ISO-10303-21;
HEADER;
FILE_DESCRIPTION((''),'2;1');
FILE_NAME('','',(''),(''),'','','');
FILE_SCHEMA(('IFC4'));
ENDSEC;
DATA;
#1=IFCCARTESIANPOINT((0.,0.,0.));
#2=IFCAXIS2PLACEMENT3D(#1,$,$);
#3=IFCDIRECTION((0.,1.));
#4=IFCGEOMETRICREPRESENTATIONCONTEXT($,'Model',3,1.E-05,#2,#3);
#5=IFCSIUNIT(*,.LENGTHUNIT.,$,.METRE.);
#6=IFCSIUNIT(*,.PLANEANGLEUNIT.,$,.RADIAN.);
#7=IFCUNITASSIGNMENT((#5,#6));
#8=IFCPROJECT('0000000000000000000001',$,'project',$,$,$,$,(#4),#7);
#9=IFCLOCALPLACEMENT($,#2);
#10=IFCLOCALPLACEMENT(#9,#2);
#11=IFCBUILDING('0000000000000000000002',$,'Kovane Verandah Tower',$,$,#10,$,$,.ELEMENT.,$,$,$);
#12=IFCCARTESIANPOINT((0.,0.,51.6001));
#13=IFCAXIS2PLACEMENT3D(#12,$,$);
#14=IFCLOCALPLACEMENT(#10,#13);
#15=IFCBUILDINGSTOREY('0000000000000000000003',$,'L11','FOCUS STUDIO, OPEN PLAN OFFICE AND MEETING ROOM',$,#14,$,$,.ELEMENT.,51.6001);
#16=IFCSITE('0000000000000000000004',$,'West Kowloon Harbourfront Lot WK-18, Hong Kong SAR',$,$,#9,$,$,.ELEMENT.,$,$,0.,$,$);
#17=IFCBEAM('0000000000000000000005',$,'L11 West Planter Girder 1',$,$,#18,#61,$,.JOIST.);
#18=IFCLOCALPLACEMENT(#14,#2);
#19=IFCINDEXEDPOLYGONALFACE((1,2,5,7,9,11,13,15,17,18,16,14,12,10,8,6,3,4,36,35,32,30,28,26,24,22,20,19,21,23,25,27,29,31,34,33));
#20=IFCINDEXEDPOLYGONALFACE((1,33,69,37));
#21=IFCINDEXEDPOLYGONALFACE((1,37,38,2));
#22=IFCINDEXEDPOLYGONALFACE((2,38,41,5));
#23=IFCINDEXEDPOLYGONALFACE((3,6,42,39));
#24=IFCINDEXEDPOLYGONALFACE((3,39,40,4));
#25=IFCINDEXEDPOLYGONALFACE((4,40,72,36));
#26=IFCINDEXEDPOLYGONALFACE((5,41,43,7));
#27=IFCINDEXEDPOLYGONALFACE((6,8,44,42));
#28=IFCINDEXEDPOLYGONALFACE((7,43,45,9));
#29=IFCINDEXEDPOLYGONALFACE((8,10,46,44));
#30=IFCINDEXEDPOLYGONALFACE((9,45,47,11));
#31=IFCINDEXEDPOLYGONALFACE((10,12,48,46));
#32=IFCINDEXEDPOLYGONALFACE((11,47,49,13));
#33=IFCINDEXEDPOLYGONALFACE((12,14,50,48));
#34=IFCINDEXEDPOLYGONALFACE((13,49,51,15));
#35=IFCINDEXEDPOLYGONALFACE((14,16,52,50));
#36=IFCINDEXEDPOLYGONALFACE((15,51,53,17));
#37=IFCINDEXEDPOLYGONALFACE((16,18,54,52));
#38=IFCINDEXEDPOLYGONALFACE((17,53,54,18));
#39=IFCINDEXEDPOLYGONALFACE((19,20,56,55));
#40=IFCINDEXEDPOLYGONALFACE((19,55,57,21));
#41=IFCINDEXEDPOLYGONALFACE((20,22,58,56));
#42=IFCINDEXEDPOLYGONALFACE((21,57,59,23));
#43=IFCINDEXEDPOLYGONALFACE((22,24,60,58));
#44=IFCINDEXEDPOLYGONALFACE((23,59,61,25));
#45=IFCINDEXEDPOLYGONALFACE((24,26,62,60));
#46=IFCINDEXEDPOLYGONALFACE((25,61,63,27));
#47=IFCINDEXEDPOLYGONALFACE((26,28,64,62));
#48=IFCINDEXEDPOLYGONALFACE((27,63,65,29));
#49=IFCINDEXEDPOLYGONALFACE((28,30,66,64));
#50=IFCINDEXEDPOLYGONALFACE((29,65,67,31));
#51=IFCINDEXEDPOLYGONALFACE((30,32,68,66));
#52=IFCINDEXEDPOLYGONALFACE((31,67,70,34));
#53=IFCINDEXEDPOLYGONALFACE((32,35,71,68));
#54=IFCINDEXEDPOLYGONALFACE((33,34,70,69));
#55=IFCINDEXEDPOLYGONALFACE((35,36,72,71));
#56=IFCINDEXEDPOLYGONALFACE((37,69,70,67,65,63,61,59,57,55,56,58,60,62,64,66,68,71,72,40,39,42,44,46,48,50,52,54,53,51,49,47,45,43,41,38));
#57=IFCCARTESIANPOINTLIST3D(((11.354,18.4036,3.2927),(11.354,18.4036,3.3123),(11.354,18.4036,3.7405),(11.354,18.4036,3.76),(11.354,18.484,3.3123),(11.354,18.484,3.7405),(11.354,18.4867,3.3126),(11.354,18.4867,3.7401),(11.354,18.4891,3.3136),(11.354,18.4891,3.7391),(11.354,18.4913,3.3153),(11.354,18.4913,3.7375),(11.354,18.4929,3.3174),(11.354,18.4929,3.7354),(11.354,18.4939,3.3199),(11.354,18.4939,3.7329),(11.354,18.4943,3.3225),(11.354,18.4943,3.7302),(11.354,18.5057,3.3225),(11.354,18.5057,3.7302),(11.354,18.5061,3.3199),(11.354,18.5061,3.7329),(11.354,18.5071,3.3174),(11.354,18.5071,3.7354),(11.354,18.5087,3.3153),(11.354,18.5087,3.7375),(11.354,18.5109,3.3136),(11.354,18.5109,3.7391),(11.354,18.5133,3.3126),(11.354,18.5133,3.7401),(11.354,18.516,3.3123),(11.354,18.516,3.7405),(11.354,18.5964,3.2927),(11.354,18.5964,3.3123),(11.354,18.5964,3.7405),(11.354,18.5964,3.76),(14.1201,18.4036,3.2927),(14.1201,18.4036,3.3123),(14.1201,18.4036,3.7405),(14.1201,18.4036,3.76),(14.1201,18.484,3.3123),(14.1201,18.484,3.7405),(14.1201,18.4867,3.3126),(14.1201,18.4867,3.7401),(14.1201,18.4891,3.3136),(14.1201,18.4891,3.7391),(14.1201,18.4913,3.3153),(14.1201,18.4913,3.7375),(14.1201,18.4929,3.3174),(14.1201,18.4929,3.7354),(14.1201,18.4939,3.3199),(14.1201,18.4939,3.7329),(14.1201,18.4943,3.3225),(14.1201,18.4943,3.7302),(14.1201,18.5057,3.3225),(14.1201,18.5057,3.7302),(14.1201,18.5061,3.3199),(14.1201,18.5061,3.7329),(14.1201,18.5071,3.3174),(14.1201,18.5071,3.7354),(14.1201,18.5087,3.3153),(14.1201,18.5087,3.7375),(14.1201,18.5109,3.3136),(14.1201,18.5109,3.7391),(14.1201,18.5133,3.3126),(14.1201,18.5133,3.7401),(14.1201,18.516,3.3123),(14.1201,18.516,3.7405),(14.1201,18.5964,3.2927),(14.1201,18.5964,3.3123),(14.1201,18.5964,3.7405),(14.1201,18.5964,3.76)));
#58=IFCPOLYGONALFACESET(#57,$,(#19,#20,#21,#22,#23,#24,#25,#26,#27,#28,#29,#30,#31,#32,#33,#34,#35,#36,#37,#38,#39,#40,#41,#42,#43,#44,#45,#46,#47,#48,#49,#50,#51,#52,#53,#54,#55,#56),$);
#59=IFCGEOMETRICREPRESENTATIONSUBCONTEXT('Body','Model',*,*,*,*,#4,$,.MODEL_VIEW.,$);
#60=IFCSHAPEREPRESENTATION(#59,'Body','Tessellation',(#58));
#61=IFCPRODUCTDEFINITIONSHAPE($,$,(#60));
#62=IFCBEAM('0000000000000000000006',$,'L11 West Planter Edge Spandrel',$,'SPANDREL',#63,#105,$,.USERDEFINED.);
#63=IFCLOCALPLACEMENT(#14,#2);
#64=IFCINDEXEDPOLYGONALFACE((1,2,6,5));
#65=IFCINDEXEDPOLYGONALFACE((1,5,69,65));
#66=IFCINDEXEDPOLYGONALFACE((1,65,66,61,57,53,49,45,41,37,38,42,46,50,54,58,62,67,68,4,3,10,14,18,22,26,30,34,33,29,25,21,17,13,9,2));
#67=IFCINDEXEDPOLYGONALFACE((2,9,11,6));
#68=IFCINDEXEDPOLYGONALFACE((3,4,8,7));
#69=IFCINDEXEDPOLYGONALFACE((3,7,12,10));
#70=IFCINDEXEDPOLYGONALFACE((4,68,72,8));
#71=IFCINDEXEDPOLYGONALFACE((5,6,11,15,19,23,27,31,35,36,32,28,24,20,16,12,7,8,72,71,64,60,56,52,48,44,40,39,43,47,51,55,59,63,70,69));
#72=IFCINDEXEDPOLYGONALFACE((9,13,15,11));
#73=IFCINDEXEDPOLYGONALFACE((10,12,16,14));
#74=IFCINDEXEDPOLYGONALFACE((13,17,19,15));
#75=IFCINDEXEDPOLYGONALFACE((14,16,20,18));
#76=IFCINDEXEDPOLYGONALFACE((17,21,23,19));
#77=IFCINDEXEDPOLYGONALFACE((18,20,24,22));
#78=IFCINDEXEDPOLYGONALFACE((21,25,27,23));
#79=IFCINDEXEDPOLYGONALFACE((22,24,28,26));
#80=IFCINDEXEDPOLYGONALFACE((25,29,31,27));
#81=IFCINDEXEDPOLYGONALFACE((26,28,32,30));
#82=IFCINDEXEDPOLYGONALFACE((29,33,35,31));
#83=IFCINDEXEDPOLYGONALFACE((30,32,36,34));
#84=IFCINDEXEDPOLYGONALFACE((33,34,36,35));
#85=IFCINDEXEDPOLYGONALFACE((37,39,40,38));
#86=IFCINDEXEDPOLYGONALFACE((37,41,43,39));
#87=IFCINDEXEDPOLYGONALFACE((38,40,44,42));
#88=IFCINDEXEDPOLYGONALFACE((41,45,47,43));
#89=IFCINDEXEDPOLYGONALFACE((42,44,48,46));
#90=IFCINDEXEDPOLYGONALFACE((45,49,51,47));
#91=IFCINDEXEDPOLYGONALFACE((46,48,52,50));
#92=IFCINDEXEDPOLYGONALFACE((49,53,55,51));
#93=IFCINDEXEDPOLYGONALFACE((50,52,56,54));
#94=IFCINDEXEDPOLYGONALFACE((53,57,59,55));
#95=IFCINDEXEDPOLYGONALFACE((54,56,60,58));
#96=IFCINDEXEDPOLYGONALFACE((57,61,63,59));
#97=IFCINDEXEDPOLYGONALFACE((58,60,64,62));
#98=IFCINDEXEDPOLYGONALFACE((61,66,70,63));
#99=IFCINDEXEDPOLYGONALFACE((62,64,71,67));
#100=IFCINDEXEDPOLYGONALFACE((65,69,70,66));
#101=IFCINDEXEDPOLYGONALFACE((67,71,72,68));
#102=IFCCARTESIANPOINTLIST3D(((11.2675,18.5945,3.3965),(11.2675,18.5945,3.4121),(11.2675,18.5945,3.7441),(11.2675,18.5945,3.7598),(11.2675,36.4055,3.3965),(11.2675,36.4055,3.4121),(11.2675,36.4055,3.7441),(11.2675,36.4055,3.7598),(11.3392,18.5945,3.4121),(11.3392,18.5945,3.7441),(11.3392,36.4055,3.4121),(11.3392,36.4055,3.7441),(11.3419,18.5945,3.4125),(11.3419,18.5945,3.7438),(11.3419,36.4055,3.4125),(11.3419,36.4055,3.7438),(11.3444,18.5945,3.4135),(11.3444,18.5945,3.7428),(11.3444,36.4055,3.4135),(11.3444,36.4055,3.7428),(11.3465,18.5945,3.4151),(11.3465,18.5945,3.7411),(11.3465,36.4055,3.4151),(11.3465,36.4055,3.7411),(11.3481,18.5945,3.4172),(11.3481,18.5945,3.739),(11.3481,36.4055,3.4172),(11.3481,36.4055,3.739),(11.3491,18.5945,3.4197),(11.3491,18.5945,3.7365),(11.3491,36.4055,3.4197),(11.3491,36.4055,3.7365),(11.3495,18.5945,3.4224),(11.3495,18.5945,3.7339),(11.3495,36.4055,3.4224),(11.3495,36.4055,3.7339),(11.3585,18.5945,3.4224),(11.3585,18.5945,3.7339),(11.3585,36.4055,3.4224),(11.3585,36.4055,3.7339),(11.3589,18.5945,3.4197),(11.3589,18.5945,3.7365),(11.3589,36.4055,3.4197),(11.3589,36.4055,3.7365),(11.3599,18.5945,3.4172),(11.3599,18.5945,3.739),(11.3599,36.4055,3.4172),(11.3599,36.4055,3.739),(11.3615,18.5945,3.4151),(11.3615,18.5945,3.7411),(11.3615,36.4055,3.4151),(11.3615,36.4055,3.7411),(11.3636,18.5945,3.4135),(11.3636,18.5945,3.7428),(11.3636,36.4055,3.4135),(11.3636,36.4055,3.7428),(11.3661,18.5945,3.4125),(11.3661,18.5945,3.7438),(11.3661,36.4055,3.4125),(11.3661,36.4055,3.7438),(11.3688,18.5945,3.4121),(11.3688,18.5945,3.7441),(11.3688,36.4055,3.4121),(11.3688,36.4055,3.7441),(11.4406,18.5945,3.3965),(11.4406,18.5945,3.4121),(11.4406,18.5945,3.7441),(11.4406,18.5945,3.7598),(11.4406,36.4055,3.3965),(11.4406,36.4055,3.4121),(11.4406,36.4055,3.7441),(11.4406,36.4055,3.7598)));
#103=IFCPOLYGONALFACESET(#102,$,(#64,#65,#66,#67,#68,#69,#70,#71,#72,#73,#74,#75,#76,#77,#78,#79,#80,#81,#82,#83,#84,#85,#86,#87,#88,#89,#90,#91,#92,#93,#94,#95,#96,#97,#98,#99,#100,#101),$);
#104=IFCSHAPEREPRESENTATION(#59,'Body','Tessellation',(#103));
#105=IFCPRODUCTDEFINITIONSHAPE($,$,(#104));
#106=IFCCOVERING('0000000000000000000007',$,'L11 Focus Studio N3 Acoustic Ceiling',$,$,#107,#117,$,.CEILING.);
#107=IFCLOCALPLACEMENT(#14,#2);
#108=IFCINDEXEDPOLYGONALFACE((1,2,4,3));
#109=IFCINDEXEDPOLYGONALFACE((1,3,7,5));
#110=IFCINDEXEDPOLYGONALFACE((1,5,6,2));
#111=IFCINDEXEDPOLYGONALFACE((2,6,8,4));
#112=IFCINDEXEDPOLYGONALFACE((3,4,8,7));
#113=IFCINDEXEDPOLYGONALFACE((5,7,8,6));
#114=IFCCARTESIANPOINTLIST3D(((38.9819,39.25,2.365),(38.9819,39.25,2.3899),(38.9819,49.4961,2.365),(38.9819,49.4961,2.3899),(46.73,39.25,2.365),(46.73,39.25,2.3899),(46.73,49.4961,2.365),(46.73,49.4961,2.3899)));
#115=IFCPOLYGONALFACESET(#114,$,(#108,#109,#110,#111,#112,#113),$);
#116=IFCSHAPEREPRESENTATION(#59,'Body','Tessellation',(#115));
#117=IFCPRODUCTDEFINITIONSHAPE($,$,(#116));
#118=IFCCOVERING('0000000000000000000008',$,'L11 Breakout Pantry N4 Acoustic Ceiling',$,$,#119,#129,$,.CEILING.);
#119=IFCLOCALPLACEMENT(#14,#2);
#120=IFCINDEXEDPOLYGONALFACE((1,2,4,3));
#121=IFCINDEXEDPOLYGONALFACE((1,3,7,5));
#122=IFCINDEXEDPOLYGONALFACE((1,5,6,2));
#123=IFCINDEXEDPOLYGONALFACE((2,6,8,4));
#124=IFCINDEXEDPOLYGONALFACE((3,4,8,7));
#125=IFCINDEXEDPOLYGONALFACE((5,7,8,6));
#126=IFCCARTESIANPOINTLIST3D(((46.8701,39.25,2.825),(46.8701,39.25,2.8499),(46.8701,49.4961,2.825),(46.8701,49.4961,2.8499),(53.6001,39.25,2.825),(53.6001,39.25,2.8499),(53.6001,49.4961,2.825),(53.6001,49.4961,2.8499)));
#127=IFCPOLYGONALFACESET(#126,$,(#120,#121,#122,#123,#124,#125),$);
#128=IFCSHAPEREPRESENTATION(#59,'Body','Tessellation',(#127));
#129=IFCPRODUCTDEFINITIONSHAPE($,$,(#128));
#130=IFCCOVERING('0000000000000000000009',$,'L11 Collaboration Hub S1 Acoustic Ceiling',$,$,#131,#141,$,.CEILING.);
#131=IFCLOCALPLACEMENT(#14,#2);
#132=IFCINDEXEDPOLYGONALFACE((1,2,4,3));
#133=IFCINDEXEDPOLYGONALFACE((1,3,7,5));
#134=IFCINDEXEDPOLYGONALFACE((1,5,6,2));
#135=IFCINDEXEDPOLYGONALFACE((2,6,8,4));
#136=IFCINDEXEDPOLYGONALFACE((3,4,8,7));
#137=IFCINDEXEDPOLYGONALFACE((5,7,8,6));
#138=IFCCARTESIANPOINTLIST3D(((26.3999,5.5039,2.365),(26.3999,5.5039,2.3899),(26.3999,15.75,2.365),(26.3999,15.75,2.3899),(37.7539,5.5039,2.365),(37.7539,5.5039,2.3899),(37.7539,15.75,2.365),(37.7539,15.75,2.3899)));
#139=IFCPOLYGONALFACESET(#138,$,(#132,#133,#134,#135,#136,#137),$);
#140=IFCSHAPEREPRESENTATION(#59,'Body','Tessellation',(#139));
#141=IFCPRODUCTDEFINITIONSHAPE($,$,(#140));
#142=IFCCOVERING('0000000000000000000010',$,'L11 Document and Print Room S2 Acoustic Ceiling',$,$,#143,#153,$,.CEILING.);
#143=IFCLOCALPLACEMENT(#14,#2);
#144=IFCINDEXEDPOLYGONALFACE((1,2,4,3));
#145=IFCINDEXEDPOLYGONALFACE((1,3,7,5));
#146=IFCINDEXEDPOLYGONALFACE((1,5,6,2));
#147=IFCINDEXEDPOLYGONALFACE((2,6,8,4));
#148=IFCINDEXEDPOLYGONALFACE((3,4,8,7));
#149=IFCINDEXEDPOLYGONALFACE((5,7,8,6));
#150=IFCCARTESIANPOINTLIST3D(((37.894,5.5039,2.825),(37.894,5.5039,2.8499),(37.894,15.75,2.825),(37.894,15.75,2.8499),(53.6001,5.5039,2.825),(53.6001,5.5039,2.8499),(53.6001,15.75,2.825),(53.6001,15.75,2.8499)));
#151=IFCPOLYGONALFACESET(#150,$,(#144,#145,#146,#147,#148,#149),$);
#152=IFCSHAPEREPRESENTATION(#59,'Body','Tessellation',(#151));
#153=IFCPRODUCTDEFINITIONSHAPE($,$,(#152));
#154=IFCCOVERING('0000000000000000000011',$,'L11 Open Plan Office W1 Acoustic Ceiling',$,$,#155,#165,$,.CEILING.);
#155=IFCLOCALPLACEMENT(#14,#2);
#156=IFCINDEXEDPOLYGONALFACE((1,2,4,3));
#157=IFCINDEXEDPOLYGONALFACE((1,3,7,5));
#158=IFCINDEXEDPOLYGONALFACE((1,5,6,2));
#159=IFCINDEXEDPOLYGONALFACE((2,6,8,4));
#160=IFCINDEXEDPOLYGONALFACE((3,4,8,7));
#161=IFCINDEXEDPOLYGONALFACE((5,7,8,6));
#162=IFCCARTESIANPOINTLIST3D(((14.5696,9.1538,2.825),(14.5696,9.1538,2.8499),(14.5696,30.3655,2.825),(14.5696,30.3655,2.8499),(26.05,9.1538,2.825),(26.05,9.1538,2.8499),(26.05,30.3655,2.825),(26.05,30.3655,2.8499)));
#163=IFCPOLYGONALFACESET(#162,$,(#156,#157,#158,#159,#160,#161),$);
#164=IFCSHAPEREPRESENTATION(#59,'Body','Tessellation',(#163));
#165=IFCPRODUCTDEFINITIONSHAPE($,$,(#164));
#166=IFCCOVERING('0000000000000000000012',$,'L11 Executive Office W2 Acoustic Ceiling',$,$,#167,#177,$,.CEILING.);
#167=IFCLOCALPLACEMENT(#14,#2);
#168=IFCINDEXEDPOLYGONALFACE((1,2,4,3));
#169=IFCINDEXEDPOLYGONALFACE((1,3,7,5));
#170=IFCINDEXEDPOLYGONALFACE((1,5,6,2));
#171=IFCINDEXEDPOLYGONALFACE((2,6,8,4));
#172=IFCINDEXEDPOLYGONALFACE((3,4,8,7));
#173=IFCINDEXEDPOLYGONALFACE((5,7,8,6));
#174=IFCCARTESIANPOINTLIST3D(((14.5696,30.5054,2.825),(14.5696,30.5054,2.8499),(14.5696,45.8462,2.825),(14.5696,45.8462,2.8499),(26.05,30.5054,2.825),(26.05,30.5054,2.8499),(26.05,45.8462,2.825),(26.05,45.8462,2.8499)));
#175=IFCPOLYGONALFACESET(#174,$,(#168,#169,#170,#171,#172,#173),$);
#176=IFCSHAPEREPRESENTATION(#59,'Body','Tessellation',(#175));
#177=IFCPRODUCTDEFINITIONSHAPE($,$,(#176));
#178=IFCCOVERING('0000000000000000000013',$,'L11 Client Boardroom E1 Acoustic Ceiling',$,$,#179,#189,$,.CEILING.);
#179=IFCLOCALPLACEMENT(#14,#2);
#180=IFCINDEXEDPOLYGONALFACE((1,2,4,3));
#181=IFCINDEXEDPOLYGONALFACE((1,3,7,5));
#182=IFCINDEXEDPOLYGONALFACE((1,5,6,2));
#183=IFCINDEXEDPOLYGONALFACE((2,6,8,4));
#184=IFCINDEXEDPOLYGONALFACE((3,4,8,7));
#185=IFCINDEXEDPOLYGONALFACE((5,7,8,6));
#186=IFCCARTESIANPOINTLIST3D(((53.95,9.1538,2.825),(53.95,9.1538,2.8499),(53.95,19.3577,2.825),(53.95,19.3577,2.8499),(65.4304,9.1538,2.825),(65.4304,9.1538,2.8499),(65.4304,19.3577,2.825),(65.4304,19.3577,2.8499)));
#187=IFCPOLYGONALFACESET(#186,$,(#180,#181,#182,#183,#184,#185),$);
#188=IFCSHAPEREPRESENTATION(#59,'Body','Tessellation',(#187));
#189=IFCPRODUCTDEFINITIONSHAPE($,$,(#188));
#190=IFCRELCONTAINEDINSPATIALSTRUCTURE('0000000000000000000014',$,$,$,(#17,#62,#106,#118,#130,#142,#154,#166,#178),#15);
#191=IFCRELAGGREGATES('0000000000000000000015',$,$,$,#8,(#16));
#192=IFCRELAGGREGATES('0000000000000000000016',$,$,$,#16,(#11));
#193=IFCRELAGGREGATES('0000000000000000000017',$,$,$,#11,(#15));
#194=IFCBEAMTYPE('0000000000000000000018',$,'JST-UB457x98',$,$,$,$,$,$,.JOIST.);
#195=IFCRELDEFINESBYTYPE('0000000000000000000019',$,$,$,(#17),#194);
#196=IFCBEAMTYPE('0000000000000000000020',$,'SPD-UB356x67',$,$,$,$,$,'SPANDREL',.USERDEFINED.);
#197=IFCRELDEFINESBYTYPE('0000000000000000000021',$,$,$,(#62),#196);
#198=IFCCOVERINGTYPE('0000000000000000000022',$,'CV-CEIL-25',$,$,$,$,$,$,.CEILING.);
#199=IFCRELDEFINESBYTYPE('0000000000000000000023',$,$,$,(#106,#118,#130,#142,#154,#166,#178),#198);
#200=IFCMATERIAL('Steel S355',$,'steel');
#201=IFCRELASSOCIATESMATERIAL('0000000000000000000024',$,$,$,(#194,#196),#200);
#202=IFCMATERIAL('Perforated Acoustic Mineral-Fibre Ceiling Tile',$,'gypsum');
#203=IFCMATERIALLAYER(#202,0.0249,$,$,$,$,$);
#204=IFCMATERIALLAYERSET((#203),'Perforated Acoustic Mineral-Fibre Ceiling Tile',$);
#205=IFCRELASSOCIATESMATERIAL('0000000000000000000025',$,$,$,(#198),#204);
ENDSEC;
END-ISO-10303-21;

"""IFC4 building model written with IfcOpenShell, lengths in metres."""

from ifc_helpers import new_model, si_unit, direction, frame, origin, origin_2d, place, context, subcontext, project, spatial, polyline, i_section, outline, extrude, material, layer, layer_set, material_profile, profile_set, type_object, element, save


model = new_model("IFC4")

# Units and contexts
model_context = context("Model", 3, precision=1e-05, world=origin(), true_north=direction((0.0, 1.0)))
body_context = subcontext(model_context, "Body", "Model", "MODEL_VIEW")
ifc_project = project(units=[si_unit("LENGTHUNIT", "METRE"), si_unit("PLANEANGLEUNIT", "RADIAN")], contexts=[model_context])

# Site, building, storey
site_placement = place(None, origin())
site = spatial("IfcSite", under=ifc_project, at=site_placement, Name="West Kowloon Harbourfront Lot WK-18, Hong Kong SAR", CompositionType="ELEMENT", RefElevation=0.0)
building_placement = place(site_placement, origin())
building = spatial("IfcBuilding", under=site, at=building_placement, Name="Kovane Verandah Tower", CompositionType="ELEMENT")
storey_placement = place(building_placement, frame((0.0, 0.0, 51.6001)))
storey = spatial("IfcBuildingStorey", under=building, at=storey_placement, Name="L11", Description="FOCUS STUDIO, OPEN PLAN OFFICE AND MEETING ROOM", CompositionType="ELEMENT", Elevation=51.6001)

# Beams
ifc_material_1 = material(Name="Steel S355", Category="steel")
ifc_material_profile_1 = material_profile(ifc_material_1, i_section(OverallWidth=0.1929, OverallDepth=0.4673, WebThickness=0.0115, FlangeThickness=0.0195, FilletRadius=0.0103, at=origin_2d()), Name="UB457x191x98")
ifc_profile_set_1 = profile_set([ifc_material_profile_1], Name="Steel S355")
beam_type_1 = type_object("IfcBeamType", Name="JST-UB457x98", PredefinedType="JOIST", material=ifc_profile_set_1)
beam_1_placement = place(storey_placement, frame((14.1201, 18.5, 3.5264), z_axis=(-1.0, 0.0, 0.0), x_axis=(0.0, -1.0, 0.0)))
element("IfcBeam", 1, at=beam_1_placement, inside=storey, type_object=beam_type_1, Name="L11 West Planter Girder 1", PredefinedType="JOIST", context=body_context, shape_type="SweptSolid", body=[
    extrude(i_section(OverallWidth=0.1929, OverallDepth=0.4673, WebThickness=0.0115, FlangeThickness=0.0195, FilletRadius=0.0103, at=origin_2d()), origin(), (0.0, 0.0, 1.0), 2.7661),
])
ifc_material_profile_2 = material_profile(ifc_material_1, i_section(OverallWidth=0.1731, OverallDepth=0.3633, WebThickness=0.009, FlangeThickness=0.0156, FilletRadius=0.0103, at=origin_2d()), Name="UB356x171x67")
ifc_profile_set_2 = profile_set([ifc_material_profile_2], Name="Steel S355")
beam_type_2 = type_object("IfcBeamType", Name="SPD-UB356x67", ElementType="SPANDREL", PredefinedType="USERDEFINED", material=ifc_profile_set_2)
beam_2_placement = place(storey_placement, frame((11.354, 18.5945, 3.5781), z_axis=(0.0, 1.0, 0.0), x_axis=(-1.0, 0.0, 0.0)))
element("IfcBeam", 2, at=beam_2_placement, inside=storey, type_object=beam_type_2, Name="L11 West Planter Edge Spandrel", ObjectType="SPANDREL", PredefinedType="USERDEFINED", context=body_context, shape_type="SweptSolid", body=[
    extrude(i_section(OverallWidth=0.1731, OverallDepth=0.3633, WebThickness=0.009, FlangeThickness=0.0156, FilletRadius=0.0103, at=origin_2d()), origin(), (0.0, 0.0, 1.0), 17.811),
])

# Coverings
ifc_material_2 = material(Name="Perforated Acoustic Mineral-Fibre Ceiling Tile", Category="gypsum")
ifc_layer_1 = layer(ifc_material_2, 0.0249)
ifc_layer_set_1 = layer_set([ifc_layer_1], Name="Perforated Acoustic Mineral-Fibre Ceiling Tile")
covering_type_1 = type_object("IfcCoveringType", Name="CV-CEIL-25", PredefinedType="CEILING", material=ifc_layer_set_1)
covering_1_placement = place(storey_placement, frame((0.0, 0.0, 2.365)))
element("IfcCovering", 3, at=covering_1_placement, inside=storey, type_object=covering_type_1, Name="L11 Focus Studio N3 Acoustic Ceiling", PredefinedType="CEILING", context=body_context, shape_type="SweptSolid", body=[
    extrude(outline(polyline([(38.9819, 39.25), (46.73, 39.25), (46.73, 49.4961), (38.9819, 49.4961), (38.9819, 39.25)])), origin(), (0.0, 0.0, 1.0), 0.0249),
])
covering_2_placement = place(storey_placement, frame((0.0, 0.0, 2.825)))
element("IfcCovering", 4, at=covering_2_placement, inside=storey, type_object=covering_type_1, Name="L11 Breakout Pantry N4 Acoustic Ceiling", PredefinedType="CEILING", context=body_context, shape_type="SweptSolid", body=[
    extrude(outline(polyline([(46.8701, 39.25), (53.6001, 39.25), (53.6001, 49.4961), (46.8701, 49.4961), (46.8701, 39.25)])), origin(), (0.0, 0.0, 1.0), 0.0249),
])
covering_3_placement = place(storey_placement, frame((0.0, 0.0, 2.365)))
element("IfcCovering", 5, at=covering_3_placement, inside=storey, type_object=covering_type_1, Name="L11 Collaboration Hub S1 Acoustic Ceiling", PredefinedType="CEILING", context=body_context, shape_type="SweptSolid", body=[
    extrude(outline(polyline([(26.3999, 5.5039), (37.7539, 5.5039), (37.7539, 15.75), (26.3999, 15.75), (26.3999, 5.5039)])), origin(), (0.0, 0.0, 1.0), 0.0249),
])
covering_4_placement = place(storey_placement, frame((0.0, 0.0, 2.825)))
element("IfcCovering", 6, at=covering_4_placement, inside=storey, type_object=covering_type_1, Name="L11 Document and Print Room S2 Acoustic Ceiling", PredefinedType="CEILING", context=body_context, shape_type="SweptSolid", body=[
    extrude(outline(polyline([(37.894, 5.5039), (53.6001, 5.5039), (53.6001, 15.75), (37.894, 15.75), (37.894, 5.5039)])), origin(), (0.0, 0.0, 1.0), 0.0249),
])
covering_5_placement = place(storey_placement, frame((0.0, 0.0, 2.825)))
element("IfcCovering", 7, at=covering_5_placement, inside=storey, type_object=covering_type_1, Name="L11 Open Plan Office W1 Acoustic Ceiling", PredefinedType="CEILING", context=body_context, shape_type="SweptSolid", body=[
    extrude(outline(polyline([(14.5696, 9.1538), (26.05, 9.1538), (26.05, 30.3655), (14.5696, 30.3655), (14.5696, 9.1538)])), origin(), (0.0, 0.0, 1.0), 0.0249),
])
covering_6_placement = place(storey_placement, frame((0.0, 0.0, 2.825)))
element("IfcCovering", 8, at=covering_6_placement, inside=storey, type_object=covering_type_1, Name="L11 Executive Office W2 Acoustic Ceiling", PredefinedType="CEILING", context=body_context, shape_type="SweptSolid", body=[
    extrude(outline(polyline([(14.5696, 30.5054), (26.05, 30.5054), (26.05, 45.8462), (14.5696, 45.8462), (14.5696, 30.5054)])), origin(), (0.0, 0.0, 1.0), 0.0249),
])
covering_7_placement = place(storey_placement, frame((0.0, 0.0, 2.825)))
element("IfcCovering", 9, at=covering_7_placement, inside=storey, type_object=covering_type_1, Name="L11 Client Boardroom E1 Acoustic Ceiling", PredefinedType="CEILING", context=body_context, shape_type="SweptSolid", body=[
    extrude(outline(polyline([(53.95, 9.1538), (65.4304, 9.1538), (65.4304, 19.3577), (53.95, 19.3577), (53.95, 9.1538)])), origin(), (0.0, 0.0, 1.0), 0.0249),
])

save(model, "model.ifc")
